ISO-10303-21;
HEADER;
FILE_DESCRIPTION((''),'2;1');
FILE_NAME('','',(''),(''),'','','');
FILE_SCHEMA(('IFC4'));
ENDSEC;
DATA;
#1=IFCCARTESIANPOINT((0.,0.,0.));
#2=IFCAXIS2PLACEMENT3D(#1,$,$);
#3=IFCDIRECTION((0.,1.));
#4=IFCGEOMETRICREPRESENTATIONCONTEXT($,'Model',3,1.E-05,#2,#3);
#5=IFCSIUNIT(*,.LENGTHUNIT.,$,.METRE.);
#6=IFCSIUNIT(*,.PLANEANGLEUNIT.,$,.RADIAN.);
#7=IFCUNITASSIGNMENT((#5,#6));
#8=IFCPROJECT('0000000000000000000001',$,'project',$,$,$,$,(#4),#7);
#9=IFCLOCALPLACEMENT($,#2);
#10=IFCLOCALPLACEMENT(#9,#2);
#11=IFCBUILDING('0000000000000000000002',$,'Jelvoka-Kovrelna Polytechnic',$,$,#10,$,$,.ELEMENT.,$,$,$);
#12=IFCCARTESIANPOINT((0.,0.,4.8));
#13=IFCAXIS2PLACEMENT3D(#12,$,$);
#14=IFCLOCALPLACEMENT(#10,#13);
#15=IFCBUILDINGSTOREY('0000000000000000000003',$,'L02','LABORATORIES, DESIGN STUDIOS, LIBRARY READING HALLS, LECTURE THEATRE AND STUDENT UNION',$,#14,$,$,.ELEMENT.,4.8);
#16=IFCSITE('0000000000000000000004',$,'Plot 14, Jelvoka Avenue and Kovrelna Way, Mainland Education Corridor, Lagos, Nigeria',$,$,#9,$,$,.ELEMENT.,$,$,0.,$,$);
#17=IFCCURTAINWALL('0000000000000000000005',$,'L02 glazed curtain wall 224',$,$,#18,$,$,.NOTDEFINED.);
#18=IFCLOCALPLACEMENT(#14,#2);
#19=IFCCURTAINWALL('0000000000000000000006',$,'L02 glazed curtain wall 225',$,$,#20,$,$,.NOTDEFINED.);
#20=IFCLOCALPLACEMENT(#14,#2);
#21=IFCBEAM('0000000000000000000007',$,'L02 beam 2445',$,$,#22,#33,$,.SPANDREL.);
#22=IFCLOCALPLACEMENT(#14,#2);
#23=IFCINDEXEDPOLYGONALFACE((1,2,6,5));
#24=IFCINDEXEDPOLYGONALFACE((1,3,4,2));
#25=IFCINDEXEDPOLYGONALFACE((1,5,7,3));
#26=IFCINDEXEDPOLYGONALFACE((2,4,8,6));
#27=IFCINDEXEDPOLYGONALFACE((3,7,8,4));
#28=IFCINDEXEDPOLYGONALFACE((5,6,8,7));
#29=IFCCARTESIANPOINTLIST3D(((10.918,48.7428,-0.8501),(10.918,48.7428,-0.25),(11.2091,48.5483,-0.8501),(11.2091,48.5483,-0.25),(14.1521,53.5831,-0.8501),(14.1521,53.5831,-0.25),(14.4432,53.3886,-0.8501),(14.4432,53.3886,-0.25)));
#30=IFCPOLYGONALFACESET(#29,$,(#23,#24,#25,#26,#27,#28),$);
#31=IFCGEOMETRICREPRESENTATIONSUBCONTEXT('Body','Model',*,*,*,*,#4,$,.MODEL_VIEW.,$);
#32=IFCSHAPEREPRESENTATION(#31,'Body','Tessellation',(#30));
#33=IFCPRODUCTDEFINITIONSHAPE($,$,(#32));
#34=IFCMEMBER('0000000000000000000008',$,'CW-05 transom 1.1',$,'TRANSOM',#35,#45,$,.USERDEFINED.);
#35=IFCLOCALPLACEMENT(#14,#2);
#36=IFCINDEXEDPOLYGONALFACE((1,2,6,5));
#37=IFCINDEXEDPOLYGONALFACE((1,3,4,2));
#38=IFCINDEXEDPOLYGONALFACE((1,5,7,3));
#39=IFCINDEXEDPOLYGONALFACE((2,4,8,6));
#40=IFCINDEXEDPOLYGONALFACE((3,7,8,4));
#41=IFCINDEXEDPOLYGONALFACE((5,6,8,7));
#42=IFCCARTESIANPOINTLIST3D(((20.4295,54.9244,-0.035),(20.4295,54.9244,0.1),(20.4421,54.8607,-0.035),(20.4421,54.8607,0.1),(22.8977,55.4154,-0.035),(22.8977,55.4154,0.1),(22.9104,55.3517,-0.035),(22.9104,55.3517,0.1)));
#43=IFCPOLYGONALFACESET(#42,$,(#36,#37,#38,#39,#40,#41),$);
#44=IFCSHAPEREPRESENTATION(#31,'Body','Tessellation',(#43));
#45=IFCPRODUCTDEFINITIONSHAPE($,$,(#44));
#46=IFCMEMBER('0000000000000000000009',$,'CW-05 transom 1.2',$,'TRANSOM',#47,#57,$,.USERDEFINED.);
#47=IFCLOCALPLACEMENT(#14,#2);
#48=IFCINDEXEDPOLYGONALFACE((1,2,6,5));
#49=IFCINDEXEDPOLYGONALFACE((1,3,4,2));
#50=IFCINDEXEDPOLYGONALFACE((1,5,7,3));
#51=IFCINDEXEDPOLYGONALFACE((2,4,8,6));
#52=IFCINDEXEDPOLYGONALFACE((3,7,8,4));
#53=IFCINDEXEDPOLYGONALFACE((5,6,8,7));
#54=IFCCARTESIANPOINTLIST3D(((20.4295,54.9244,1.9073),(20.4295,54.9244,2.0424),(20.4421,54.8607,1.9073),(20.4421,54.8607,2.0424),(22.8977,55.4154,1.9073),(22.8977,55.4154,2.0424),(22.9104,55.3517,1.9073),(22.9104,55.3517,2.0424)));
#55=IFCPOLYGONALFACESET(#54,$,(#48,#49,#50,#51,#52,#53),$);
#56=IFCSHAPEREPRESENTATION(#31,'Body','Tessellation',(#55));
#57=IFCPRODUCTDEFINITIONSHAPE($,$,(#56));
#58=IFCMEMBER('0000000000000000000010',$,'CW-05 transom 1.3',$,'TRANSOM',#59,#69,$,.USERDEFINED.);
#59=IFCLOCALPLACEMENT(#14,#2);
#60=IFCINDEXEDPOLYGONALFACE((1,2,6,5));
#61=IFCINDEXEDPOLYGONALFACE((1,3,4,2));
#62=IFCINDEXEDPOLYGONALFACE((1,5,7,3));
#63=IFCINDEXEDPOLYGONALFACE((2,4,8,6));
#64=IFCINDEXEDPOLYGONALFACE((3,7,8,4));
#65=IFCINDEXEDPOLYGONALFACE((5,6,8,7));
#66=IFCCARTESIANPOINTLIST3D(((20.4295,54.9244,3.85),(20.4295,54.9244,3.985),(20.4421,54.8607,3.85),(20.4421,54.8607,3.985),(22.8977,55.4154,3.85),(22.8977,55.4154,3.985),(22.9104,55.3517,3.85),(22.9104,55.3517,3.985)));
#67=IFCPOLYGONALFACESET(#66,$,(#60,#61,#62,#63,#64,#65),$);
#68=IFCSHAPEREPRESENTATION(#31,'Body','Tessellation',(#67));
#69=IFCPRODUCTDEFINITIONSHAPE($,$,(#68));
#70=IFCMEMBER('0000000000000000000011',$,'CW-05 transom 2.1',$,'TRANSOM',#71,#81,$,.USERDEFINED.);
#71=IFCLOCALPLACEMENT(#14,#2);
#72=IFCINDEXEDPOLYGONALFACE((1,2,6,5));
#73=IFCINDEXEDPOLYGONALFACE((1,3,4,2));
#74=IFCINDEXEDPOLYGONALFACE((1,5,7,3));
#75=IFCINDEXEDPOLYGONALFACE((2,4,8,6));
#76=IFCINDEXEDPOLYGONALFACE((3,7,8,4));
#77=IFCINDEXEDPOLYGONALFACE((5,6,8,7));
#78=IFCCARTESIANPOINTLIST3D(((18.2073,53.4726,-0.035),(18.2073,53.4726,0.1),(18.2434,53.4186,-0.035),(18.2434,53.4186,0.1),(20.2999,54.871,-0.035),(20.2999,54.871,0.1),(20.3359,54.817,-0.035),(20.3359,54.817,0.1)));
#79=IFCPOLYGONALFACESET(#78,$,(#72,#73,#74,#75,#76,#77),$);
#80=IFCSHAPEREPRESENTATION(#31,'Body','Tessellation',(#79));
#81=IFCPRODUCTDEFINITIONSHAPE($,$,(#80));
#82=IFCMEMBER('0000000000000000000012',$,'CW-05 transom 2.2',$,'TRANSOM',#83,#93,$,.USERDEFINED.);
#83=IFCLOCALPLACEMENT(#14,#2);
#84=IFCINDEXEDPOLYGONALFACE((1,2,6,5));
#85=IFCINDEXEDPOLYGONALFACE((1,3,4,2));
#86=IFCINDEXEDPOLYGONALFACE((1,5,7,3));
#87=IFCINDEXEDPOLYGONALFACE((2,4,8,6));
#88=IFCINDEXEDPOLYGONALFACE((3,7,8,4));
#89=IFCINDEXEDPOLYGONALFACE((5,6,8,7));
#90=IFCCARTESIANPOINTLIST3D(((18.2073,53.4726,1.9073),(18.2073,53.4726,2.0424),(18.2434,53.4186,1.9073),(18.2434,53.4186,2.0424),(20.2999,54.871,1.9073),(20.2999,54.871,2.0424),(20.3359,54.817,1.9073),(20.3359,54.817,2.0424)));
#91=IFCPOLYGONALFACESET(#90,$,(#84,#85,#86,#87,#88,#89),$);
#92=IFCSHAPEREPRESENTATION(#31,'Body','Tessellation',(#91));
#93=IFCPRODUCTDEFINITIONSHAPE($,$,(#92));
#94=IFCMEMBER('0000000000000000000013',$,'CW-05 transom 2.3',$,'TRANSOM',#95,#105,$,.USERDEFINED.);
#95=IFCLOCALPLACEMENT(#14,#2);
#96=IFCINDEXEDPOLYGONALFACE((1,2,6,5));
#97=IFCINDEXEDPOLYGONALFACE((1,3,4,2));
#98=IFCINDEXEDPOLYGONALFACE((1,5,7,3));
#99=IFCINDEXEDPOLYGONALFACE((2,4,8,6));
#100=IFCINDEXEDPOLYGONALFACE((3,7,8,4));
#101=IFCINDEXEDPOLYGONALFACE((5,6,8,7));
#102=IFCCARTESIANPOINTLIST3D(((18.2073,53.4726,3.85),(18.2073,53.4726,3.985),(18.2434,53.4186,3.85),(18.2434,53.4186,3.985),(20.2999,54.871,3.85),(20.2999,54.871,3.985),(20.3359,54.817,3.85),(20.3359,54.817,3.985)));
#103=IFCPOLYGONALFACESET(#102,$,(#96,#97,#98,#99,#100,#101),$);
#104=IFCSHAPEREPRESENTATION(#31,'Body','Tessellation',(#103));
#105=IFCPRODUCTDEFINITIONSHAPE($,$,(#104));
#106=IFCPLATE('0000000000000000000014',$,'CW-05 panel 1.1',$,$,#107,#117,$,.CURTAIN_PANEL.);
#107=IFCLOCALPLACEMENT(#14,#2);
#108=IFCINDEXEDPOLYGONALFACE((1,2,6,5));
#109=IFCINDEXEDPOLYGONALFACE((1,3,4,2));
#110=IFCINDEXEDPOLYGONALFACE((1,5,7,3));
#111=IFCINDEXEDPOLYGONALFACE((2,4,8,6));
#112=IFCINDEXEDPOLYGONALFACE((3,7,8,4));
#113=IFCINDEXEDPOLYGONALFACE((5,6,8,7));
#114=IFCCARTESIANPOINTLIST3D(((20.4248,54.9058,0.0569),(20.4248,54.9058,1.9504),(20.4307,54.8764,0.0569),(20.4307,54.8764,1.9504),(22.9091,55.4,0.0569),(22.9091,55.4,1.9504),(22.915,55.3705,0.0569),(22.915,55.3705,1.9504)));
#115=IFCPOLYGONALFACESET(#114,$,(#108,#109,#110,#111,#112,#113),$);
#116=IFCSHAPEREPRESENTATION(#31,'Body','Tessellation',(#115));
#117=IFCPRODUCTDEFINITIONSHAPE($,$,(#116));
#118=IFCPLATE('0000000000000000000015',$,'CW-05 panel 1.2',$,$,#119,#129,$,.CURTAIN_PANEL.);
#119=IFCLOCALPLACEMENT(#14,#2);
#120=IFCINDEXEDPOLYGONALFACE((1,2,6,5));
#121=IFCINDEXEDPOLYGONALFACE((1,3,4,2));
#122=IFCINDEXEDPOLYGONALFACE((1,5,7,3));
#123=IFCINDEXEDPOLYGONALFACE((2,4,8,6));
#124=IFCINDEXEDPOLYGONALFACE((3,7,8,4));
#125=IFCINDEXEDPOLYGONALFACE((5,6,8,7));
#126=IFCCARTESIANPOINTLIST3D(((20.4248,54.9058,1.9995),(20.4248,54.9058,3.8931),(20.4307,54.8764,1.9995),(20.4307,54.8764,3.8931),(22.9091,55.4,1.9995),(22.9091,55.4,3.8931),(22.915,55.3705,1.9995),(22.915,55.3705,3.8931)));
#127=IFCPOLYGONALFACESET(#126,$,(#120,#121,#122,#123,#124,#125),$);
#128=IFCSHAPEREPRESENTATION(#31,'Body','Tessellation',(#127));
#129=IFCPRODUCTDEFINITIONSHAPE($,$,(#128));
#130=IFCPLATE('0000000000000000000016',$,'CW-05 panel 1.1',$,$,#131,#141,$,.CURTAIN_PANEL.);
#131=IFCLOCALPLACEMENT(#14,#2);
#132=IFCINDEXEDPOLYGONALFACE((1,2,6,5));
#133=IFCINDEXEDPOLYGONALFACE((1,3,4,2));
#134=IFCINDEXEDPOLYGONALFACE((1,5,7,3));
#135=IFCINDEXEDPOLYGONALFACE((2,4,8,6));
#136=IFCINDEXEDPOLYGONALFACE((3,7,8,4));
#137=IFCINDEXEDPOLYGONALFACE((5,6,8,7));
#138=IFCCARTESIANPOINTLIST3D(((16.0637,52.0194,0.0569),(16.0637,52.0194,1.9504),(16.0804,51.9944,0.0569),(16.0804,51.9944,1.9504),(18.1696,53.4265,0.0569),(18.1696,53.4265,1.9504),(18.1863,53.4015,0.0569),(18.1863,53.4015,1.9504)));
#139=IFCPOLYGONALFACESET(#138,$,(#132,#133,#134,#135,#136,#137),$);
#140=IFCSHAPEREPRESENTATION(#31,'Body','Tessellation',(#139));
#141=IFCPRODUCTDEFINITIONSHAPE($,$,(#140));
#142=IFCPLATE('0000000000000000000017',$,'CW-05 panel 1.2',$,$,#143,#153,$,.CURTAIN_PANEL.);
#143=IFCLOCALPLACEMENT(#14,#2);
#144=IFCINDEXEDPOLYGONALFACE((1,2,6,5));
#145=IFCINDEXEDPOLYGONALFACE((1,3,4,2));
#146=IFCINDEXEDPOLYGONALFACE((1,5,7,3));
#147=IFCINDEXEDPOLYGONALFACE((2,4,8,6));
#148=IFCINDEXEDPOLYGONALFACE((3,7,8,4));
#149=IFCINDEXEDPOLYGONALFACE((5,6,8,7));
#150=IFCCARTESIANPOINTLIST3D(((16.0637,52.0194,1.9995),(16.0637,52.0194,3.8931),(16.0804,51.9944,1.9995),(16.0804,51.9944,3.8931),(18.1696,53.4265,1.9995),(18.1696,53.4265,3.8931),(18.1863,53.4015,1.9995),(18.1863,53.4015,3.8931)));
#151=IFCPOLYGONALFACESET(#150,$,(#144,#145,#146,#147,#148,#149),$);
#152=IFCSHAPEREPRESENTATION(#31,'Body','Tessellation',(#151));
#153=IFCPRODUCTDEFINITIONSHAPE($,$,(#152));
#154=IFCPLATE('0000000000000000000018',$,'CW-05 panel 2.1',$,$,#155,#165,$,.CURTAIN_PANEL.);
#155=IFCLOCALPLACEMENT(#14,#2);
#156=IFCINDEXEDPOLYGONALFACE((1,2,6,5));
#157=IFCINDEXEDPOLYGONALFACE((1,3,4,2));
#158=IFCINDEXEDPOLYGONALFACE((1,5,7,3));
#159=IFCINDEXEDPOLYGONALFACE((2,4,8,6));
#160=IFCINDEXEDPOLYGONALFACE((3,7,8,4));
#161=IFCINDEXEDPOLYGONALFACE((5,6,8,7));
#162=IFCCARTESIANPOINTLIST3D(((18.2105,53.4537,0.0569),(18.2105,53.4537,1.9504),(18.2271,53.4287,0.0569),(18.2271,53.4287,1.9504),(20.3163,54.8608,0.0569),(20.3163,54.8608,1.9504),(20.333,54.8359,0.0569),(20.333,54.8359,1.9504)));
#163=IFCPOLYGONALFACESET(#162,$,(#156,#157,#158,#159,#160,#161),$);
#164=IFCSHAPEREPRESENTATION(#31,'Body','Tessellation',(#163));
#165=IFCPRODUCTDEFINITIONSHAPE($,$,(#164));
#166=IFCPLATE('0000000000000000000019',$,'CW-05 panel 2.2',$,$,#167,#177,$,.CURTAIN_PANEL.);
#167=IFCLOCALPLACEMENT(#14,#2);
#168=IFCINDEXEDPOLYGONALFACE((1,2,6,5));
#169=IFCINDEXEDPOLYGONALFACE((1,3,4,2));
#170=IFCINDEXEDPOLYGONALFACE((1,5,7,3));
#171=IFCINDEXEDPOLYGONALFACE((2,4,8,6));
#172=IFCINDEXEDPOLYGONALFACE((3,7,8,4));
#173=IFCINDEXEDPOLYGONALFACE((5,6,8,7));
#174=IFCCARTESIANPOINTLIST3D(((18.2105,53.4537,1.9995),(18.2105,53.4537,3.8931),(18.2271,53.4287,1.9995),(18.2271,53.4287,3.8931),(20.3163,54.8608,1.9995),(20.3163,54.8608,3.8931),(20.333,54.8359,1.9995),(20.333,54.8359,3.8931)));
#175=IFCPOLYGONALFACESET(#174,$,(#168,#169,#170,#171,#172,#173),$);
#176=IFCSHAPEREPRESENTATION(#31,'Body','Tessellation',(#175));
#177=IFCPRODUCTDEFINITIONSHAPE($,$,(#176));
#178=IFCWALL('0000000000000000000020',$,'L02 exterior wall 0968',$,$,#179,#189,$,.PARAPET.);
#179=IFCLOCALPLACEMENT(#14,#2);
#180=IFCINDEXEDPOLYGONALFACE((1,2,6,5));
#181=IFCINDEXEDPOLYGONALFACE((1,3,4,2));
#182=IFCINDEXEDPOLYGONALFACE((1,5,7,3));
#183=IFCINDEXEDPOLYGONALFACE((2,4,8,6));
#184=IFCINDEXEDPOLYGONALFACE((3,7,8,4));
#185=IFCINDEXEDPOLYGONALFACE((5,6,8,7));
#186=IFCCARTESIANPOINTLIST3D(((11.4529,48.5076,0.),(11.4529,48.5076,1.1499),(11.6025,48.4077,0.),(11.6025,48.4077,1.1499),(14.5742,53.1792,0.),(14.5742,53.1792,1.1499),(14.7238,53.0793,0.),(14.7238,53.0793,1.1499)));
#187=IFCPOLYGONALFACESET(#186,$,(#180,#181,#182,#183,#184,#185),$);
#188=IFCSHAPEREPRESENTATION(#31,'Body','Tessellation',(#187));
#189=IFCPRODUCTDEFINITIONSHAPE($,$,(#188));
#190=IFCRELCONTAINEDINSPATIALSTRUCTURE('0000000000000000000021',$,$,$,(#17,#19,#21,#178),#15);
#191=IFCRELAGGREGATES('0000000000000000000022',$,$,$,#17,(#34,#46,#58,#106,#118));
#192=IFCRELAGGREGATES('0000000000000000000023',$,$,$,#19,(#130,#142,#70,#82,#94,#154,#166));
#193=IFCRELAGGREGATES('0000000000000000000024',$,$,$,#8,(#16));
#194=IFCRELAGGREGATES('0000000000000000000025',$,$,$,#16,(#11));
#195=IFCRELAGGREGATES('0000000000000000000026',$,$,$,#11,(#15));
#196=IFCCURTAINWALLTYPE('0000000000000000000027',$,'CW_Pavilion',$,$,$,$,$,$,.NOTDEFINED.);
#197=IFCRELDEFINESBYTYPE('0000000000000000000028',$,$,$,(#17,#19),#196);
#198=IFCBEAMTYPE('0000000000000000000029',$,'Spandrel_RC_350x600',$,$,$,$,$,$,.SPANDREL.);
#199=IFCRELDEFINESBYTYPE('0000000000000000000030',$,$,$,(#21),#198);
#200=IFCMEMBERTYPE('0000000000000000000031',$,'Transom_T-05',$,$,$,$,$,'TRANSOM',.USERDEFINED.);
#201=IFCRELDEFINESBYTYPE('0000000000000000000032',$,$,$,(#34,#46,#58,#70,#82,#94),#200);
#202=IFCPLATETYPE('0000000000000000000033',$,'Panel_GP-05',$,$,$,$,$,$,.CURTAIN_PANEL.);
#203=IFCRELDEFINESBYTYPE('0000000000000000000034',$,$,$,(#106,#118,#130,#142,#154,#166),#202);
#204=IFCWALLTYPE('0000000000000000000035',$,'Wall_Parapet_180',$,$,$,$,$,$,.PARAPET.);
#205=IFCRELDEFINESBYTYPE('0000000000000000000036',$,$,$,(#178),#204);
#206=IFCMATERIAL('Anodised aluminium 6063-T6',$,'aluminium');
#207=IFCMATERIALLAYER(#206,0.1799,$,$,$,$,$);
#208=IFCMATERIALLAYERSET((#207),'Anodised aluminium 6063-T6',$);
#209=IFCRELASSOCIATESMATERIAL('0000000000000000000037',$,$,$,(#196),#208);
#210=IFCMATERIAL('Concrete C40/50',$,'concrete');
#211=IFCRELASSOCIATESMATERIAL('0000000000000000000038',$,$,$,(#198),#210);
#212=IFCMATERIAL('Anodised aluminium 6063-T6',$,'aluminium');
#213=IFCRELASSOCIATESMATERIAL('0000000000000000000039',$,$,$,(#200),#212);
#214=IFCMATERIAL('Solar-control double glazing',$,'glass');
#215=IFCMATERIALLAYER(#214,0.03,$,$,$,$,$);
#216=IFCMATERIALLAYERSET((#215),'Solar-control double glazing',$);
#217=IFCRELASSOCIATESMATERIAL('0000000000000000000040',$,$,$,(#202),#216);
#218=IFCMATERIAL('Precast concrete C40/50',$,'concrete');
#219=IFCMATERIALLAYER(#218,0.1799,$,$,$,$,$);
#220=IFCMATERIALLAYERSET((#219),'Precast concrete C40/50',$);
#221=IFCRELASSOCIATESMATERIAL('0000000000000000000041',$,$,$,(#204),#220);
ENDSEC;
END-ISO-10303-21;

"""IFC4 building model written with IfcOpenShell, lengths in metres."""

from ifc_helpers import new_model, si_unit, direction, frame, frame_2d, origin, origin_2d, place, context, subcontext, project, spatial, rectangle, extrude, material, layer, layer_set, material_profile, profile_set, type_object, element, aggregate, save


model = new_model("IFC4")

# Units and contexts
model_context = context("Model", 3, precision=1e-05, world=origin(), true_north=direction((0.0, 1.0)))
body_context = subcontext(model_context, "Body", "Model", "MODEL_VIEW")
ifc_project = project(units=[si_unit("LENGTHUNIT", "METRE"), si_unit("PLANEANGLEUNIT", "RADIAN")], contexts=[model_context])

# Site, building, storey
site_placement = place(None, origin())
site = spatial("IfcSite", under=ifc_project, at=site_placement, Name="Plot 14, Jelvoka Avenue and Kovrelna Way, Mainland Education Corridor, Lagos, Nigeria", CompositionType="ELEMENT", RefElevation=0.0)
building_placement = place(site_placement, origin())
building = spatial("IfcBuilding", under=site, at=building_placement, Name="Jelvoka-Kovrelna Polytechnic", CompositionType="ELEMENT")
storey_placement = place(building_placement, frame((0.0, 0.0, 4.8)))
storey = spatial("IfcBuildingStorey", under=building, at=storey_placement, Name="L02", Description="LABORATORIES, DESIGN STUDIOS, LIBRARY READING HALLS, LECTURE THEATRE AND STUDENT UNION", CompositionType="ELEMENT", Elevation=4.8)

# Curtain walls
ifc_material_1 = material(Name="Anodised aluminium 6063-T6", Category="aluminium")
ifc_layer_1 = layer(ifc_material_1, 0.1799)
ifc_layer_set_1 = layer_set([ifc_layer_1], Name="Anodised aluminium 6063-T6")
curtain_wall_type = type_object("IfcCurtainWallType", Name="CW_Pavilion", PredefinedType="NOTDEFINED", material=ifc_layer_set_1)
curtain_wall_1_placement = place(storey_placement, origin())
curtain_wall_1 = element("IfcCurtainWall", 1, at=curtain_wall_1_placement, inside=storey, type_object=curtain_wall_type, Name="L02 glazed curtain wall 224", PredefinedType="NOTDEFINED")
curtain_wall_2_placement = place(storey_placement, origin())
curtain_wall_2 = element("IfcCurtainWall", 2, at=curtain_wall_2_placement, inside=storey, type_object=curtain_wall_type, Name="L02 glazed curtain wall 225", PredefinedType="NOTDEFINED")

# Beam
ifc_material_2 = material(Name="Concrete C40/50", Category="concrete")
ifc_material_profile_1 = material_profile(ifc_material_2, rectangle(XDim=0.3501, YDim=0.6001, at=origin_2d()), Name="RC 350x600")
ifc_profile_set_1 = profile_set([ifc_material_profile_1], Name="Concrete C40/50")
beam_type_1 = type_object("IfcBeamType", Name="Spandrel_RC_350x600", PredefinedType="SPANDREL", material=ifc_profile_set_1)
beam_1_placement = place(storey_placement, frame((14.2976, 53.4858, -0.55), z_axis=(-0.555561, -0.831476, 0.0), x_axis=(0.831476, -0.555561, 0.0)))
element("IfcBeam", 3, at=beam_1_placement, inside=storey, type_object=beam_type_1, Name="L02 beam 2445", PredefinedType="SPANDREL", context=body_context, shape_type="SweptSolid", body=[
    extrude(rectangle(XDim=0.3501, YDim=0.6001, at=origin_2d()), origin(), (0.0, 0.0, 1.0), 5.8213),
])

# Members
ifc_material_3 = material(Name="Anodised aluminium 6063-T6", Category="aluminium")
ifc_material_profile_2 = material_profile(ifc_material_3, rectangle(XDim=0.0649, YDim=0.135, at=origin_2d()), Name="ALU 65x135")
ifc_profile_set_2 = profile_set([ifc_material_profile_2], Name="Anodised aluminium 6063-T6")
member_type_1 = type_object("IfcMemberType", Name="Transom_T-05", ElementType="TRANSOM", PredefinedType="USERDEFINED", material=ifc_profile_set_2)
member_1_placement = place(storey_placement, frame((20.4358, 54.8926, 0.0325), z_axis=(0.980785, 0.19509, 0.0), x_axis=(-0.19509, 0.980785, 0.0)))
member_1 = element("IfcMember", 4, at=member_1_placement, type_object=member_type_1, Name="CW-05 transom 1.1", ObjectType="TRANSOM", PredefinedType="USERDEFINED", context=body_context, shape_type="SweptSolid", body=[
    extrude(rectangle(XDim=0.0649, YDim=0.135, at=origin_2d()), origin(), (0.0, 0.0, 1.0), 2.5166),
])
member_2_placement = place(storey_placement, frame((20.4358, 54.8926, 1.9749), z_axis=(0.980785, 0.19509, 0.0), x_axis=(-0.19509, 0.980785, 0.0)))
member_2 = element("IfcMember", 5, at=member_2_placement, type_object=member_type_1, Name="CW-05 transom 1.2", ObjectType="TRANSOM", PredefinedType="USERDEFINED", context=body_context, shape_type="SweptSolid", body=[
    extrude(rectangle(XDim=0.0649, YDim=0.135, at=origin_2d()), origin(), (0.0, 0.0, 1.0), 2.5166),
])
member_3_placement = place(storey_placement, frame((20.4358, 54.8926, 3.9175), z_axis=(0.980785, 0.19509, 0.0), x_axis=(-0.19509, 0.980785, 0.0)))
member_3 = element("IfcMember", 6, at=member_3_placement, type_object=member_type_1, Name="CW-05 transom 1.3", ObjectType="TRANSOM", PredefinedType="USERDEFINED", context=body_context, shape_type="SweptSolid", body=[
    extrude(rectangle(XDim=0.0649, YDim=0.135, at=origin_2d()), origin(), (0.0, 0.0, 1.0), 2.5166),
])
member_4_placement = place(storey_placement, frame((18.2253, 53.4456, 0.0325), z_axis=(0.831423, 0.55564, 0.0), x_axis=(-0.55564, 0.831423, 0.0)))
member_4 = element("IfcMember", 7, at=member_4_placement, type_object=member_type_1, Name="CW-05 transom 2.1", ObjectType="TRANSOM", PredefinedType="USERDEFINED", context=body_context, shape_type="SweptSolid", body=[
    extrude(rectangle(XDim=0.0649, YDim=0.135, at=origin_2d()), origin(), (0.0, 0.0, 1.0), 2.5168),
])
member_5_placement = place(storey_placement, frame((18.2253, 53.4456, 1.9749), z_axis=(0.831423, 0.55564, 0.0), x_axis=(-0.55564, 0.831423, 0.0)))
member_5 = element("IfcMember", 8, at=member_5_placement, type_object=member_type_1, Name="CW-05 transom 2.2", ObjectType="TRANSOM", PredefinedType="USERDEFINED", context=body_context, shape_type="SweptSolid", body=[
    extrude(rectangle(XDim=0.0649, YDim=0.135, at=origin_2d()), origin(), (0.0, 0.0, 1.0), 2.5168),
])
member_6_placement = place(storey_placement, frame((18.2253, 53.4456, 3.9175), z_axis=(0.831423, 0.55564, 0.0), x_axis=(-0.55564, 0.831423, 0.0)))
member_6 = element("IfcMember", 9, at=member_6_placement, type_object=member_type_1, Name="CW-05 transom 2.3", ObjectType="TRANSOM", PredefinedType="USERDEFINED", context=body_context, shape_type="SweptSolid", body=[
    extrude(rectangle(XDim=0.0649, YDim=0.135, at=origin_2d()), origin(), (0.0, 0.0, 1.0), 2.5168),
])

# Plates
ifc_material_4 = material(Name="Solar-control double glazing", Category="glass")
ifc_layer_2 = layer(ifc_material_4, 0.03)
ifc_layer_set_2 = layer_set([ifc_layer_2], Name="Solar-control double glazing")
plate_type = type_object("IfcPlateType", Name="Panel_GP-05", PredefinedType="CURTAIN_PANEL", material=ifc_layer_set_2)
plate_1_placement = place(storey_placement, frame((21.6699, 55.1382, 0.0569), z_axis=(0.0, 0.0, 1.0), x_axis=(0.980786, 0.195086, 0.0)))
plate_1 = element("IfcPlate", 10, at=plate_1_placement, type_object=plate_type, Name="CW-05 panel 1.1", PredefinedType="CURTAIN_PANEL", context=body_context, shape_type="SweptSolid", body=[
    extrude(rectangle(XDim=2.533, YDim=0.03, at=origin_2d()), origin(), (0.0, 0.0, 1.0), 1.8936),
])
plate_2_placement = place(storey_placement, frame((21.6699, 55.1382, 1.9995), z_axis=(0.0, 0.0, 1.0), x_axis=(0.980786, 0.195086, 0.0)))
plate_2 = element("IfcPlate", 11, at=plate_2_placement, type_object=plate_type, Name="CW-05 panel 1.2", PredefinedType="CURTAIN_PANEL", context=body_context, shape_type="SweptSolid", body=[
    extrude(rectangle(XDim=2.533, YDim=0.03, at=origin_2d()), origin(), (0.0, 0.0, 1.0), 1.8936),
])
aggregate(curtain_wall_1, [member_1, member_2, member_3, plate_1, plate_2])
plate_3_placement = place(storey_placement, frame((17.125, 52.7104, 0.0569), z_axis=(0.0, 0.0, 1.0), x_axis=(0.831461, 0.555583, 0.0)))
plate_3 = element("IfcPlate", 12, at=plate_3_placement, type_object=plate_type, Name="CW-05 panel 1.1", PredefinedType="CURTAIN_PANEL", context=body_context, shape_type="SweptSolid", body=[
    extrude(rectangle(XDim=2.5327, YDim=0.03, at=origin_2d()), origin(), (0.0, 0.0, 1.0), 1.8936),
])
plate_4_placement = place(storey_placement, frame((17.125, 52.7104, 1.9995), z_axis=(0.0, 0.0, 1.0), x_axis=(0.831461, 0.555583, 0.0)))
plate_4 = element("IfcPlate", 13, at=plate_4_placement, type_object=plate_type, Name="CW-05 panel 1.2", PredefinedType="CURTAIN_PANEL", context=body_context, shape_type="SweptSolid", body=[
    extrude(rectangle(XDim=2.5327, YDim=0.03, at=origin_2d()), origin(), (0.0, 0.0, 1.0), 1.8936),
])
plate_5_placement = place(storey_placement, frame((19.2717, 54.1448, 0.0569), z_axis=(0.0, 0.0, 1.0), x_axis=(0.831461, 0.555583, 0.0)))
plate_5 = element("IfcPlate", 14, at=plate_5_placement, type_object=plate_type, Name="CW-05 panel 2.1", PredefinedType="CURTAIN_PANEL", context=body_context, shape_type="SweptSolid", body=[
    extrude(rectangle(XDim=2.5327, YDim=0.03, at=origin_2d()), origin(), (0.0, 0.0, 1.0), 1.8936),
])
plate_6_placement = place(storey_placement, frame((19.2717, 54.1448, 1.9995), z_axis=(0.0, 0.0, 1.0), x_axis=(0.831461, 0.555583, 0.0)))
plate_6 = element("IfcPlate", 15, at=plate_6_placement, type_object=plate_type, Name="CW-05 panel 2.2", PredefinedType="CURTAIN_PANEL", context=body_context, shape_type="SweptSolid", body=[
    extrude(rectangle(XDim=2.5327, YDim=0.03, at=origin_2d()), origin(), (0.0, 0.0, 1.0), 1.8936),
])
aggregate(curtain_wall_2, [plate_3, plate_4, member_4, member_5, member_6, plate_5, plate_6])

# Wall
ifc_material_5 = material(Name="Precast concrete C40/50", Category="concrete")
ifc_layer_3 = layer(ifc_material_5, 0.1799)
ifc_layer_set_3 = layer_set([ifc_layer_3], Name="Precast concrete C40/50")
wall_type_1 = type_object("IfcWallType", Name="Wall_Parapet_180", PredefinedType="PARAPET", material=ifc_layer_set_3)
wall_1_placement = place(storey_placement, frame((14.6489, 53.1292, 0.0), z_axis=(0.0, 0.0, 1.0), x_axis=(-0.555552, -0.831482, 0.0)))
element("IfcWall", 16, at=wall_1_placement, inside=storey, type_object=wall_type_1, Name="L02 exterior wall 0968", PredefinedType="PARAPET", context=body_context, shape_type="SweptSolid", body=[
    extrude(rectangle(XDim=5.6184, YDim=0.1799, at=frame_2d((2.8091, 0.0))), origin(), (0.0, 0.0, 1.0), 1.1499),
])

save(model, "model.ifc")
